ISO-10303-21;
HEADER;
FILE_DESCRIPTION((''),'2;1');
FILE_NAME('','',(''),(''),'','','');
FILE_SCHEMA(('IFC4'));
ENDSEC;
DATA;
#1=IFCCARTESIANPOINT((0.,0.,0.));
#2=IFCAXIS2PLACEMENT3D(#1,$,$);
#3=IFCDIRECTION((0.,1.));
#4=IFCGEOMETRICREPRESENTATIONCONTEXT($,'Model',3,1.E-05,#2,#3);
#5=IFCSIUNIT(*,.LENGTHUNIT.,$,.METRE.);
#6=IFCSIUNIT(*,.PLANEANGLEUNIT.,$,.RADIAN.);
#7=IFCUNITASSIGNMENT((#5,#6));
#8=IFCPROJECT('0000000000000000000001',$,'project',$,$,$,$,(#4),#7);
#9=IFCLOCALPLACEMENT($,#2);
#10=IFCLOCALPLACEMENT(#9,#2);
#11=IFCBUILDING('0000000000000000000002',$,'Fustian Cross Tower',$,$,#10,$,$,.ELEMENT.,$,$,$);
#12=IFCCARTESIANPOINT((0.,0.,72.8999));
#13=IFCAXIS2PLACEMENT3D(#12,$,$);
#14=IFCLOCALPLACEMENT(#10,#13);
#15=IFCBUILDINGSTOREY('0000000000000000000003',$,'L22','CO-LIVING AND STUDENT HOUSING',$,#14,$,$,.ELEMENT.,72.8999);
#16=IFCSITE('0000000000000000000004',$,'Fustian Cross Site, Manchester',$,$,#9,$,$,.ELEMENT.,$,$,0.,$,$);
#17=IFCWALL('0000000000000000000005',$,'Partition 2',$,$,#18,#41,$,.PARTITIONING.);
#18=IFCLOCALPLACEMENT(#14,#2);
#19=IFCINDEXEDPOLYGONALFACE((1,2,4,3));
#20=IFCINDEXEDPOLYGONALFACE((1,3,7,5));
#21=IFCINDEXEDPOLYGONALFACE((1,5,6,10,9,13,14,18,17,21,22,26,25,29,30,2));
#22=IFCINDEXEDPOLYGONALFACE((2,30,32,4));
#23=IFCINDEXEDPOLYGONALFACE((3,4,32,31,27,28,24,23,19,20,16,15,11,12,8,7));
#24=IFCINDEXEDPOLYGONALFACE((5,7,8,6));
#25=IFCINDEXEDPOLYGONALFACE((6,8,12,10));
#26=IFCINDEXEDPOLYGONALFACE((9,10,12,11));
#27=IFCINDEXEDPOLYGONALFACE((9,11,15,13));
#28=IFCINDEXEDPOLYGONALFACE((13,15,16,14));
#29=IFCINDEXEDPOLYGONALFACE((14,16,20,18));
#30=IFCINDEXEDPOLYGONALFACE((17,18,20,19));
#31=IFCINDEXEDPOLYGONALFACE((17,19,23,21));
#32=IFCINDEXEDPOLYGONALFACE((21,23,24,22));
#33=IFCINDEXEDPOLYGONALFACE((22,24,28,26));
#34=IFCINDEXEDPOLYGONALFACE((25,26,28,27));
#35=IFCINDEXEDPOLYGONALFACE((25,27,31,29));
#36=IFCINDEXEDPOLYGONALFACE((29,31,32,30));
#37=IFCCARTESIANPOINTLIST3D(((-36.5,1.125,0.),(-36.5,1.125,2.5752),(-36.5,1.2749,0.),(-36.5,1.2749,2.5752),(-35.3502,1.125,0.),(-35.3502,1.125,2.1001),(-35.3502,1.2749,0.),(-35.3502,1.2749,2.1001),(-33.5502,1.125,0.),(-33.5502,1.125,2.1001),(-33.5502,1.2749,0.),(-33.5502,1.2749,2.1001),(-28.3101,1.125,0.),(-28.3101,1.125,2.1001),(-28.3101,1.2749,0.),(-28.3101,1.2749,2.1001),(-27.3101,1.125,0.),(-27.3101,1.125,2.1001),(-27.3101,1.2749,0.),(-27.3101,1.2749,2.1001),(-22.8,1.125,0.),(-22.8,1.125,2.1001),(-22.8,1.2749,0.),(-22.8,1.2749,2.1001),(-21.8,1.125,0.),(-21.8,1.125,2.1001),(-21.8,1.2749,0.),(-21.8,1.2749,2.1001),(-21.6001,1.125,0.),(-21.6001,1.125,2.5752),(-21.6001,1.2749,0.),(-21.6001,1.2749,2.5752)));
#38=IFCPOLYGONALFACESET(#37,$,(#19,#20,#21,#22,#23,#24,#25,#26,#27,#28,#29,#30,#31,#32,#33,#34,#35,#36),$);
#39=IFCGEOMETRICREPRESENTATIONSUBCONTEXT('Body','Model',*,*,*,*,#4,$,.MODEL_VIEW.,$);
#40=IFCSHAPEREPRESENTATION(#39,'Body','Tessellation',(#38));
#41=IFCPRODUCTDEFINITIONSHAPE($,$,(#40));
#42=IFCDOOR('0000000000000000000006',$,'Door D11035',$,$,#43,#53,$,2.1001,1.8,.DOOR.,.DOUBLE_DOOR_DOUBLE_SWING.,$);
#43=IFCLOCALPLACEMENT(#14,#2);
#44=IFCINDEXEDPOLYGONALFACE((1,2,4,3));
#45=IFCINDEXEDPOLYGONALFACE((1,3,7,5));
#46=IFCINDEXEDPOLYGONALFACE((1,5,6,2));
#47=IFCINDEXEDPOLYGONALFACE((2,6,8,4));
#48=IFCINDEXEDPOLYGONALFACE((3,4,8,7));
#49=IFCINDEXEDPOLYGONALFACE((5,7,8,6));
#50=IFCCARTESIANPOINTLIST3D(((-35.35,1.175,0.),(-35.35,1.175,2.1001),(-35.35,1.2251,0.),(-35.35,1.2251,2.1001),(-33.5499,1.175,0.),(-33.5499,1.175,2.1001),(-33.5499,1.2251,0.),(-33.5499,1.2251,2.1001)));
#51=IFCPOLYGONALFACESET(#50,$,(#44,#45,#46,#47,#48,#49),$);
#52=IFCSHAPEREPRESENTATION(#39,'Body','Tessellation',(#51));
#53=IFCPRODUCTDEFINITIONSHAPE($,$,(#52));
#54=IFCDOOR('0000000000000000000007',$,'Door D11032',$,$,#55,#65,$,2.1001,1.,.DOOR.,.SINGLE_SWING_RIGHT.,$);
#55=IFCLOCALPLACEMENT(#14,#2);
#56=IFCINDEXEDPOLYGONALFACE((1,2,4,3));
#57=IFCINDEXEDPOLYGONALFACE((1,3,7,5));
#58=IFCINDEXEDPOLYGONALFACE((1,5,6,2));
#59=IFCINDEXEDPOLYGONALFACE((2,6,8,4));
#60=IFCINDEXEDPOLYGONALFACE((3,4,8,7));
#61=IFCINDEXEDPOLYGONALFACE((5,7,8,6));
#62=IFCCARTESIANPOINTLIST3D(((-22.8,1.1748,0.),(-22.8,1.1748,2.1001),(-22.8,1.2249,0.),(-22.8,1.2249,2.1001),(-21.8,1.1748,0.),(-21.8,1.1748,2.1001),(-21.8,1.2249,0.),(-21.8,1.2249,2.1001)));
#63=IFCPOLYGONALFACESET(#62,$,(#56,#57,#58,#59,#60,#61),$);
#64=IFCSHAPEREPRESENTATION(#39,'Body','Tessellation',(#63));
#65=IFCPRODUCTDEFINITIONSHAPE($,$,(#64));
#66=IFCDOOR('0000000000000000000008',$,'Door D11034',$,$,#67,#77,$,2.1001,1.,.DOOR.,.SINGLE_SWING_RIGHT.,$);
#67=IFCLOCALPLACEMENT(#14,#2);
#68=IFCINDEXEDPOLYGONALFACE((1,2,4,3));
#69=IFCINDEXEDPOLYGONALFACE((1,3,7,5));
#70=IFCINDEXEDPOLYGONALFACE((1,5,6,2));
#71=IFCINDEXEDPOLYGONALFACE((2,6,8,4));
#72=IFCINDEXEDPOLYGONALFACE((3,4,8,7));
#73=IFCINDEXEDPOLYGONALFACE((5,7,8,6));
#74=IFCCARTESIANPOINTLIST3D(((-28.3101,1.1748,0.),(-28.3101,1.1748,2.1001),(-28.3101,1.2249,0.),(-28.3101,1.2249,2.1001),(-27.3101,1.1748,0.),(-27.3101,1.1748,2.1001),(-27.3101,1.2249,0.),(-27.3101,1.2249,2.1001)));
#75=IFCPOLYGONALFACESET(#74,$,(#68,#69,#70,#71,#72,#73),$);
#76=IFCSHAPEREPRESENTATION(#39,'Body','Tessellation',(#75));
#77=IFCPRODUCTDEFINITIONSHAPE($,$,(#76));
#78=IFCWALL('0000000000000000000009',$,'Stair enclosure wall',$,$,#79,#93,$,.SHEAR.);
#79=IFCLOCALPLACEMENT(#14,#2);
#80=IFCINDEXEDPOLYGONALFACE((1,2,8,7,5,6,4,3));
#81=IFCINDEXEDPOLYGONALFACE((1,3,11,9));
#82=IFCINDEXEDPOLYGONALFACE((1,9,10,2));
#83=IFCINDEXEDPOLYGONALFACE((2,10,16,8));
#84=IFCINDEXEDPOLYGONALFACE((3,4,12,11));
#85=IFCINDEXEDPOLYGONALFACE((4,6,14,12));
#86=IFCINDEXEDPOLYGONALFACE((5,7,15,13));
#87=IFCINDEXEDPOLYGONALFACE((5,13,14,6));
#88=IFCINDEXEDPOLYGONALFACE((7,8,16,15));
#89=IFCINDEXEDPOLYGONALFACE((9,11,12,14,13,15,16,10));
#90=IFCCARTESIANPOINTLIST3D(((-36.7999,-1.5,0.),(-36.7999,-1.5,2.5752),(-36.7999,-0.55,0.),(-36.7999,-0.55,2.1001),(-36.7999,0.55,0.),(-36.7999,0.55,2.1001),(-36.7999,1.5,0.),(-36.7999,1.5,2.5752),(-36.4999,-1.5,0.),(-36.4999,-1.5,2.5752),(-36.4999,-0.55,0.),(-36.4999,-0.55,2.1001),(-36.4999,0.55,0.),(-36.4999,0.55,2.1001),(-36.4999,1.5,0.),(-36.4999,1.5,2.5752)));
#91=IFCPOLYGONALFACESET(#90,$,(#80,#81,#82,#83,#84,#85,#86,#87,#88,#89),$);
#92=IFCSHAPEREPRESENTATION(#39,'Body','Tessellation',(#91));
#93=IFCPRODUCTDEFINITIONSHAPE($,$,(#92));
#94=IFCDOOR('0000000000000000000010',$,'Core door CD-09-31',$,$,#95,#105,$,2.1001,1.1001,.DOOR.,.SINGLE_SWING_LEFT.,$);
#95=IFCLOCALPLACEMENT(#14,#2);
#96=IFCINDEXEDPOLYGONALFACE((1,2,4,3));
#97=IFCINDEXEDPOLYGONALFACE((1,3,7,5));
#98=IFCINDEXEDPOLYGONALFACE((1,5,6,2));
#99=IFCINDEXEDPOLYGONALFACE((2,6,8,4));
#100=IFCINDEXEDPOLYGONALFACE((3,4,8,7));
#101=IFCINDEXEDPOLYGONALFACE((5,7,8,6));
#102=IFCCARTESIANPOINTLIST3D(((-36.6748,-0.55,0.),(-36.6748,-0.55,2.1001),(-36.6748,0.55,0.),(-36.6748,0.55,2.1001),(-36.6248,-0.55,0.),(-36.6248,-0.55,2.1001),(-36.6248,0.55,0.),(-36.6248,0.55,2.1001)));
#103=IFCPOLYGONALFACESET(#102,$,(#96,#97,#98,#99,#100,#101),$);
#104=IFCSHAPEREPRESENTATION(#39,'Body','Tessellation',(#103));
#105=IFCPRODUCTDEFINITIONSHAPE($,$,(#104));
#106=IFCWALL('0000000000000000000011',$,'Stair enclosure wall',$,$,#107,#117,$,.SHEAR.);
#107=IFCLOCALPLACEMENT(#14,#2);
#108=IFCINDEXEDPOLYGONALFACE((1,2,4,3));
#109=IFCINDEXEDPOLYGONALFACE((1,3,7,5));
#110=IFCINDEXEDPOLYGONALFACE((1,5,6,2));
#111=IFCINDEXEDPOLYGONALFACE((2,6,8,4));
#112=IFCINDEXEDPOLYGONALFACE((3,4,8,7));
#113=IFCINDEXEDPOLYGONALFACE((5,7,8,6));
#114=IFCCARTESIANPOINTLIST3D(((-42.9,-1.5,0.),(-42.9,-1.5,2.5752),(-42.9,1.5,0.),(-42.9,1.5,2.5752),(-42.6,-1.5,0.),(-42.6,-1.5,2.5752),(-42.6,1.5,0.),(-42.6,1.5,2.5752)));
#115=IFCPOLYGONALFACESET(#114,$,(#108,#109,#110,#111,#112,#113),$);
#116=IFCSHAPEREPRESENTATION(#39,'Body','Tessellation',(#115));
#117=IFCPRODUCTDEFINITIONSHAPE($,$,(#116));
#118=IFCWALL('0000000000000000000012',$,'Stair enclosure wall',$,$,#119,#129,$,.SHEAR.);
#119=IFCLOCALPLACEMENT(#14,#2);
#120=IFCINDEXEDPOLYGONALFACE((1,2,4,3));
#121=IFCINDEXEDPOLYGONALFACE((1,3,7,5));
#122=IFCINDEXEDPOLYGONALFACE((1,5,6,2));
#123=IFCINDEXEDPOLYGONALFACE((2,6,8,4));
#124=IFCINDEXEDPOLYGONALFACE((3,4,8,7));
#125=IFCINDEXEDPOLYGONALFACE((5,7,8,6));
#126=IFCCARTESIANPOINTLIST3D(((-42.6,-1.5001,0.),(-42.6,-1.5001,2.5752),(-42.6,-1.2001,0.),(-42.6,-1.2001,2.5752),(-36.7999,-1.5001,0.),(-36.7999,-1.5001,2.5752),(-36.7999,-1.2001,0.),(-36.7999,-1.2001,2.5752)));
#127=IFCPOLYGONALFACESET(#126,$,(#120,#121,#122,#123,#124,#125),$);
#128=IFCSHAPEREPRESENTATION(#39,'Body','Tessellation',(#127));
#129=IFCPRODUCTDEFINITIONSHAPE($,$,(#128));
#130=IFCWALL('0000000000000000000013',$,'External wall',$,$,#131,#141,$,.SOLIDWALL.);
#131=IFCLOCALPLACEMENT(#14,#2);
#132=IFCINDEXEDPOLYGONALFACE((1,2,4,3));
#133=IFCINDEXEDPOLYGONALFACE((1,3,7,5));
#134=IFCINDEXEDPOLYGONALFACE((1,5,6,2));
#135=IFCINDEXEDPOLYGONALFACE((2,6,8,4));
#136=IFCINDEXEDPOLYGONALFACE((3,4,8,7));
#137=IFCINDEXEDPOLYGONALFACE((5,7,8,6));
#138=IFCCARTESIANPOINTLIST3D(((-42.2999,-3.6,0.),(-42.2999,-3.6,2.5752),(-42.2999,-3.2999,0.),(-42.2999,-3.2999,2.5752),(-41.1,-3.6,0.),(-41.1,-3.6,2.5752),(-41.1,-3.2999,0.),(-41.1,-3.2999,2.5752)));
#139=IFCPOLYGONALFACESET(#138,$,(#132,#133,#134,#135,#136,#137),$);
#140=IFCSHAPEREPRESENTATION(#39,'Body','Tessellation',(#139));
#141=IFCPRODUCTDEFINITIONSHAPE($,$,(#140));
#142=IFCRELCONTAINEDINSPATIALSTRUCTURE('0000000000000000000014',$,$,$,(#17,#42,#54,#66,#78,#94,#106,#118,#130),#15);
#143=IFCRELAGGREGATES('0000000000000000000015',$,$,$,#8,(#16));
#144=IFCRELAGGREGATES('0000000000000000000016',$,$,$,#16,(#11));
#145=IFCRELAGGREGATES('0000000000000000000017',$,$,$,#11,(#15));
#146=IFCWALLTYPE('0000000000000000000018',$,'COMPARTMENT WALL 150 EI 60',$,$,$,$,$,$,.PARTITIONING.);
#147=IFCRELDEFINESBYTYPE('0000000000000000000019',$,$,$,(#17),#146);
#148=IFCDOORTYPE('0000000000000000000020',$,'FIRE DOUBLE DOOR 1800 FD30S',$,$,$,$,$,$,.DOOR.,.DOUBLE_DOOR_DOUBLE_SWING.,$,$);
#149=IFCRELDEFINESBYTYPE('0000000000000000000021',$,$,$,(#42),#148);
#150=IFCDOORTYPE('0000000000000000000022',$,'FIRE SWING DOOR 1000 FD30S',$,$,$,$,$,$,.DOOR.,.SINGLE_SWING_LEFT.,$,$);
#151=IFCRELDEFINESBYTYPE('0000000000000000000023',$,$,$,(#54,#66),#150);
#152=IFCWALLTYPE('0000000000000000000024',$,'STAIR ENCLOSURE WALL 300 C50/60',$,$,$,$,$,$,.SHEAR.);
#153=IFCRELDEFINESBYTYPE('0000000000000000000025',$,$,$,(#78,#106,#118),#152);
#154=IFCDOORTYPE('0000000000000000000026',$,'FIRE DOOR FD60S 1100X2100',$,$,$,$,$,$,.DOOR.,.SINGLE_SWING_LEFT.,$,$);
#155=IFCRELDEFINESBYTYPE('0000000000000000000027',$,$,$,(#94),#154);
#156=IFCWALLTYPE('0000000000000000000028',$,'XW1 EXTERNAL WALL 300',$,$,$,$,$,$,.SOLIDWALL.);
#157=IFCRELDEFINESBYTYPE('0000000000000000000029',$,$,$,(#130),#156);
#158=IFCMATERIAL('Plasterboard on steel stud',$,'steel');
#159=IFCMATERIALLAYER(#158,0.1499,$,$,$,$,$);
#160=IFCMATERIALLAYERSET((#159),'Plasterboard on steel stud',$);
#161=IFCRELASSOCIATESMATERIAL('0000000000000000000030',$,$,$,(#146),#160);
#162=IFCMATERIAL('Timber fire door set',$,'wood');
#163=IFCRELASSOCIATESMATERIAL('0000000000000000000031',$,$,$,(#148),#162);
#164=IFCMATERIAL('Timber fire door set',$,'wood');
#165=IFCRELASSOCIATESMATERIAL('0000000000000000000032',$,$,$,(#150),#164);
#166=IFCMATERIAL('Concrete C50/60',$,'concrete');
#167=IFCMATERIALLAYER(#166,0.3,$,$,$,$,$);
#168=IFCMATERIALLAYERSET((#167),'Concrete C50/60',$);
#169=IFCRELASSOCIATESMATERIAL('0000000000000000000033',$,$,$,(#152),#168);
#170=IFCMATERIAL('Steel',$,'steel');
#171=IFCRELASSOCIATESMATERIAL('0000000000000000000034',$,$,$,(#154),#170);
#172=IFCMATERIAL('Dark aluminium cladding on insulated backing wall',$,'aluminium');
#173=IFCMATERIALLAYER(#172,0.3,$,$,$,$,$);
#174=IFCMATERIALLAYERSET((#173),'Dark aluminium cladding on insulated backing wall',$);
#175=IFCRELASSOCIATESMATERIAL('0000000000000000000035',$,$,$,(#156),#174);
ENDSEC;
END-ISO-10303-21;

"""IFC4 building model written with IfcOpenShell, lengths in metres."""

from ifc_helpers import new_model, si_unit, direction, frame, frame_2d, origin, place, context, subcontext, project, spatial, rectangle, extrude, material, layer, layer_set, type_object, element, fill, save


model = new_model("IFC4")

# Units and contexts
model_context = context("Model", 3, precision=1e-05, world=origin(), true_north=direction((0.0, 1.0)))
body_context = subcontext(model_context, "Body", "Model", "MODEL_VIEW")
ifc_project = project(units=[si_unit("LENGTHUNIT", "METRE"), si_unit("PLANEANGLEUNIT", "RADIAN")], contexts=[model_context])

# Site, building, storey
site_placement = place(None, origin())
site = spatial("IfcSite", under=ifc_project, at=site_placement, Name="Fustian Cross Site, Manchester", CompositionType="ELEMENT", RefElevation=0.0)
building_placement = place(site_placement, origin())
building = spatial("IfcBuilding", under=site, at=building_placement, Name="Fustian Cross Tower", CompositionType="ELEMENT")
storey_placement = place(building_placement, frame((0.0, 0.0, 72.8999)))
storey = spatial("IfcBuildingStorey", under=building, at=storey_placement, Name="L22", Description="CO-LIVING AND STUDENT HOUSING", CompositionType="ELEMENT", Elevation=72.8999)

# Wall, openings, doors
ifc_material_1 = material(Name="Plasterboard on steel stud", Category="steel")
ifc_layer_1 = layer(ifc_material_1, 0.1499)
ifc_layer_set_1 = layer_set([ifc_layer_1], Name="Plasterboard on steel stud")
wall_type_1 = type_object("IfcWallType", Name="COMPARTMENT WALL 150 EI 60", PredefinedType="PARTITIONING", material=ifc_layer_set_1)
ifc_material_2 = material(Name="Timber fire door set", Category="wood")
door_type_1 = type_object("IfcDoorType", Name="FIRE DOUBLE DOOR 1800 FD30S", OperationType="DOUBLE_DOOR_DOUBLE_SWING", PredefinedType="DOOR", material=ifc_material_2)
ifc_material_3 = material(Name="Timber fire door set", Category="wood")
door_type_2 = type_object("IfcDoorType", Name="FIRE SWING DOOR 1000 FD30S", OperationType="SINGLE_SWING_LEFT", PredefinedType="DOOR", material=ifc_material_3)
wall_1_placement = place(storey_placement, frame((-36.5, 1.2, 0.0), z_axis=(0.0, 0.0, 1.0), x_axis=(1.0, 0.0, 0.0)))
wall_1 = element("IfcWall", 1, at=wall_1_placement, inside=storey, type_object=wall_type_1, Name="Partition 2", PredefinedType="PARTITIONING", context=body_context, shape_type="SweptSolid", body=[
    extrude(rectangle(XDim=14.8999, YDim=0.1499, at=frame_2d((7.45, 0.0))), origin(), (0.0, 0.0, 1.0), 2.5752),
])
opening_1_placement = place(wall_1_placement, frame((13.7, 0.0, 0.0)))
opening_1 = element("IfcOpeningElement", 2, at=opening_1_placement, cuts=wall_1, PredefinedType="OPENING", context=body_context, shape_type="SweptSolid", body=[
    extrude(rectangle(XDim=1.0, YDim=2.1001, at=frame_2d((0.5, 1.05))), frame((0.0, 0.085, 0.0), z_axis=(0.0, -1.0, 0.0), x_axis=(1.0, 0.0, 0.0)), (0.0, 0.0, 1.0), 0.1699),
])
opening_2_placement = place(wall_1_placement, frame((8.1899, 0.0, 0.0)))
opening_2 = element("IfcOpeningElement", 3, at=opening_2_placement, cuts=wall_1, PredefinedType="OPENING", context=body_context, shape_type="SweptSolid", body=[
    extrude(rectangle(XDim=1.0, YDim=2.1001, at=frame_2d((0.5, 1.05))), frame((0.0, 0.085, 0.0), z_axis=(0.0, -1.0, 0.0), x_axis=(1.0, 0.0, 0.0)), (0.0, 0.0, 1.0), 0.1699),
])
opening_3_placement = place(wall_1_placement, frame((1.1499, 0.0, 0.0)))
opening_3 = element("IfcOpeningElement", 4, at=opening_3_placement, cuts=wall_1, PredefinedType="OPENING", context=body_context, shape_type="SweptSolid", body=[
    extrude(rectangle(XDim=1.8, YDim=2.1001, at=frame_2d((0.8999, 1.05))), frame((0.0, 0.085, 0.0), z_axis=(0.0, -1.0, 0.0), x_axis=(1.0, 0.0, 0.0)), (0.0, 0.0, 1.0), 0.1699),
])
door_1_placement = place(opening_3_placement, frame((1.8, 0.0, 0.0), z_axis=(0.0, 0.0, 1.0), x_axis=(-1.0, 0.0, 0.0)))
door_1 = element("IfcDoor", 5, at=door_1_placement, inside=storey, type_object=door_type_1, Name="Door D11035", OperationType="DOUBLE_DOOR_DOUBLE_SWING", OverallHeight=2.1001, OverallWidth=1.8, PredefinedType="DOOR", context=body_context, shape_type="SweptSolid", body=[
    extrude(rectangle(XDim=1.8, YDim=2.1001, at=frame_2d((0.8999, 1.05))), frame((0.0, 0.0249, 0.0), z_axis=(0.0, -1.0, 0.0), x_axis=(1.0, 0.0, 0.0)), (0.0, 0.0, 1.0), 0.05),
])
fill(opening_3, door_1)
door_2_placement = place(opening_1_placement, origin())
door_2 = element("IfcDoor", 6, at=door_2_placement, inside=storey, type_object=door_type_2, Name="Door D11032", OperationType="SINGLE_SWING_RIGHT", OverallHeight=2.1001, OverallWidth=1.0, PredefinedType="DOOR", context=body_context, shape_type="SweptSolid", body=[
    extrude(rectangle(XDim=1.0, YDim=2.1001, at=frame_2d((0.5, 1.05))), frame((0.0, 0.0249, 0.0), z_axis=(0.0, -1.0, 0.0), x_axis=(1.0, 0.0, 0.0)), (0.0, 0.0, 1.0), 0.05),
])
fill(opening_1, door_2)
door_3_placement = place(opening_2_placement, origin())
door_3 = element("IfcDoor", 7, at=door_3_placement, inside=storey, type_object=door_type_2, Name="Door D11034", OperationType="SINGLE_SWING_RIGHT", OverallHeight=2.1001, OverallWidth=1.0, PredefinedType="DOOR", context=body_context, shape_type="SweptSolid", body=[
    extrude(rectangle(XDim=1.0, YDim=2.1001, at=frame_2d((0.5, 1.05))), frame((0.0, 0.0249, 0.0), z_axis=(0.0, -1.0, 0.0), x_axis=(1.0, 0.0, 0.0)), (0.0, 0.0, 1.0), 0.05),
])
fill(opening_2, door_3)

# Wall, opening, door
ifc_material_4 = material(Name="Concrete C50/60", Category="concrete")
ifc_layer_2 = layer(ifc_material_4, 0.3)
ifc_layer_set_2 = layer_set([ifc_layer_2], Name="Concrete C50/60")
wall_type_2 = type_object("IfcWallType", Name="STAIR ENCLOSURE WALL 300 C50/60", PredefinedType="SHEAR", material=ifc_layer_set_2)
wall_2_placement = place(storey_placement, frame((-36.6499, -1.5, 0.0), z_axis=(0.0, 0.0, 1.0), x_axis=(0.0, 1.0, 0.0)))
wall_2 = element("IfcWall", 8, at=wall_2_placement, inside=storey, type_object=wall_type_2, Name="Stair enclosure wall", PredefinedType="SHEAR", context=body_context, shape_type="SweptSolid", body=[
    extrude(rectangle(XDim=3.0, YDim=0.3, at=frame_2d((1.5, 0.0))), origin(), (0.0, 0.0, 1.0), 2.5752),
])
opening_4_placement = place(wall_2_placement, frame((0.95, 0.0, 0.0)))
opening_4 = element("IfcOpeningElement", 9, at=opening_4_placement, cuts=wall_2, PredefinedType="OPENING", context=body_context, shape_type="SweptSolid", body=[
    extrude(rectangle(XDim=1.1001, YDim=2.1001, at=frame_2d((0.55, 1.05))), frame((0.0, 0.1599, 0.0), z_axis=(0.0, -1.0, 0.0), x_axis=(1.0, 0.0, 0.0)), (0.0, 0.0, 1.0), 0.3201),
])
ifc_material_5 = material(Name="Steel", Category="steel")
door_type_3 = type_object("IfcDoorType", Name="FIRE DOOR FD60S 1100X2100", OperationType="SINGLE_SWING_LEFT", PredefinedType="DOOR", material=ifc_material_5)
door_4_placement = place(opening_4_placement, origin())
door_4 = element("IfcDoor", 10, at=door_4_placement, inside=storey, type_object=door_type_3, Name="Core door CD-09-31", OperationType="SINGLE_SWING_LEFT", OverallHeight=2.1001, OverallWidth=1.1001, PredefinedType="DOOR", context=body_context, shape_type="SweptSolid", body=[
    extrude(rectangle(XDim=1.1001, YDim=2.1001, at=frame_2d((0.55, 1.05))), frame((0.0, 0.0249, 0.0), z_axis=(0.0, -1.0, 0.0), x_axis=(1.0, 0.0, 0.0)), (0.0, 0.0, 1.0), 0.05),
])
fill(opening_4, door_4)

# Walls
wall_3_placement = place(storey_placement, frame((-42.75, -1.5, 0.0), z_axis=(0.0, 0.0, 1.0), x_axis=(0.0, 1.0, 0.0)))
element("IfcWall", 11, at=wall_3_placement, inside=storey, type_object=wall_type_2, Name="Stair enclosure wall", PredefinedType="SHEAR", context=body_context, shape_type="SweptSolid", body=[
    extrude(rectangle(XDim=3.0, YDim=0.3, at=frame_2d((1.5, 0.0))), origin(), (0.0, 0.0, 1.0), 2.5752),
])
wall_4_placement = place(storey_placement, frame((-36.8, -1.3501, 0.0), z_axis=(0.0, 0.0, 1.0), x_axis=(-1.0, 0.0, 0.0)))
element("IfcWall", 12, at=wall_4_placement, inside=storey, type_object=wall_type_2, Name="Stair enclosure wall", PredefinedType="SHEAR", context=body_context, shape_type="SweptSolid", body=[
    extrude(rectangle(XDim=5.8, YDim=0.3, at=frame_2d((2.8999, 0.0))), origin(), (0.0, 0.0, 1.0), 2.5752),
])
ifc_material_6 = material(Name="Dark aluminium cladding on insulated backing wall", Category="aluminium")
ifc_layer_3 = layer(ifc_material_6, 0.3)
ifc_layer_set_3 = layer_set([ifc_layer_3], Name="Dark aluminium cladding on insulated backing wall")
wall_type_3 = type_object("IfcWallType", Name="XW1 EXTERNAL WALL 300", PredefinedType="SOLIDWALL", material=ifc_layer_set_3)
wall_5_placement = place(storey_placement, frame((-42.3, -3.45, 0.0), z_axis=(0.0, 0.0, 1.0), x_axis=(1.0, 0.0, 0.0)))
element("IfcWall", 13, at=wall_5_placement, inside=storey, type_object=wall_type_3, Name="External wall", PredefinedType="SOLIDWALL", context=body_context, shape_type="SweptSolid", body=[
    extrude(rectangle(XDim=1.2, YDim=0.3, at=frame_2d((0.6001, 0.0))), origin(), (0.0, 0.0, 1.0), 2.5752),
])

save(model, "model.ifc")
